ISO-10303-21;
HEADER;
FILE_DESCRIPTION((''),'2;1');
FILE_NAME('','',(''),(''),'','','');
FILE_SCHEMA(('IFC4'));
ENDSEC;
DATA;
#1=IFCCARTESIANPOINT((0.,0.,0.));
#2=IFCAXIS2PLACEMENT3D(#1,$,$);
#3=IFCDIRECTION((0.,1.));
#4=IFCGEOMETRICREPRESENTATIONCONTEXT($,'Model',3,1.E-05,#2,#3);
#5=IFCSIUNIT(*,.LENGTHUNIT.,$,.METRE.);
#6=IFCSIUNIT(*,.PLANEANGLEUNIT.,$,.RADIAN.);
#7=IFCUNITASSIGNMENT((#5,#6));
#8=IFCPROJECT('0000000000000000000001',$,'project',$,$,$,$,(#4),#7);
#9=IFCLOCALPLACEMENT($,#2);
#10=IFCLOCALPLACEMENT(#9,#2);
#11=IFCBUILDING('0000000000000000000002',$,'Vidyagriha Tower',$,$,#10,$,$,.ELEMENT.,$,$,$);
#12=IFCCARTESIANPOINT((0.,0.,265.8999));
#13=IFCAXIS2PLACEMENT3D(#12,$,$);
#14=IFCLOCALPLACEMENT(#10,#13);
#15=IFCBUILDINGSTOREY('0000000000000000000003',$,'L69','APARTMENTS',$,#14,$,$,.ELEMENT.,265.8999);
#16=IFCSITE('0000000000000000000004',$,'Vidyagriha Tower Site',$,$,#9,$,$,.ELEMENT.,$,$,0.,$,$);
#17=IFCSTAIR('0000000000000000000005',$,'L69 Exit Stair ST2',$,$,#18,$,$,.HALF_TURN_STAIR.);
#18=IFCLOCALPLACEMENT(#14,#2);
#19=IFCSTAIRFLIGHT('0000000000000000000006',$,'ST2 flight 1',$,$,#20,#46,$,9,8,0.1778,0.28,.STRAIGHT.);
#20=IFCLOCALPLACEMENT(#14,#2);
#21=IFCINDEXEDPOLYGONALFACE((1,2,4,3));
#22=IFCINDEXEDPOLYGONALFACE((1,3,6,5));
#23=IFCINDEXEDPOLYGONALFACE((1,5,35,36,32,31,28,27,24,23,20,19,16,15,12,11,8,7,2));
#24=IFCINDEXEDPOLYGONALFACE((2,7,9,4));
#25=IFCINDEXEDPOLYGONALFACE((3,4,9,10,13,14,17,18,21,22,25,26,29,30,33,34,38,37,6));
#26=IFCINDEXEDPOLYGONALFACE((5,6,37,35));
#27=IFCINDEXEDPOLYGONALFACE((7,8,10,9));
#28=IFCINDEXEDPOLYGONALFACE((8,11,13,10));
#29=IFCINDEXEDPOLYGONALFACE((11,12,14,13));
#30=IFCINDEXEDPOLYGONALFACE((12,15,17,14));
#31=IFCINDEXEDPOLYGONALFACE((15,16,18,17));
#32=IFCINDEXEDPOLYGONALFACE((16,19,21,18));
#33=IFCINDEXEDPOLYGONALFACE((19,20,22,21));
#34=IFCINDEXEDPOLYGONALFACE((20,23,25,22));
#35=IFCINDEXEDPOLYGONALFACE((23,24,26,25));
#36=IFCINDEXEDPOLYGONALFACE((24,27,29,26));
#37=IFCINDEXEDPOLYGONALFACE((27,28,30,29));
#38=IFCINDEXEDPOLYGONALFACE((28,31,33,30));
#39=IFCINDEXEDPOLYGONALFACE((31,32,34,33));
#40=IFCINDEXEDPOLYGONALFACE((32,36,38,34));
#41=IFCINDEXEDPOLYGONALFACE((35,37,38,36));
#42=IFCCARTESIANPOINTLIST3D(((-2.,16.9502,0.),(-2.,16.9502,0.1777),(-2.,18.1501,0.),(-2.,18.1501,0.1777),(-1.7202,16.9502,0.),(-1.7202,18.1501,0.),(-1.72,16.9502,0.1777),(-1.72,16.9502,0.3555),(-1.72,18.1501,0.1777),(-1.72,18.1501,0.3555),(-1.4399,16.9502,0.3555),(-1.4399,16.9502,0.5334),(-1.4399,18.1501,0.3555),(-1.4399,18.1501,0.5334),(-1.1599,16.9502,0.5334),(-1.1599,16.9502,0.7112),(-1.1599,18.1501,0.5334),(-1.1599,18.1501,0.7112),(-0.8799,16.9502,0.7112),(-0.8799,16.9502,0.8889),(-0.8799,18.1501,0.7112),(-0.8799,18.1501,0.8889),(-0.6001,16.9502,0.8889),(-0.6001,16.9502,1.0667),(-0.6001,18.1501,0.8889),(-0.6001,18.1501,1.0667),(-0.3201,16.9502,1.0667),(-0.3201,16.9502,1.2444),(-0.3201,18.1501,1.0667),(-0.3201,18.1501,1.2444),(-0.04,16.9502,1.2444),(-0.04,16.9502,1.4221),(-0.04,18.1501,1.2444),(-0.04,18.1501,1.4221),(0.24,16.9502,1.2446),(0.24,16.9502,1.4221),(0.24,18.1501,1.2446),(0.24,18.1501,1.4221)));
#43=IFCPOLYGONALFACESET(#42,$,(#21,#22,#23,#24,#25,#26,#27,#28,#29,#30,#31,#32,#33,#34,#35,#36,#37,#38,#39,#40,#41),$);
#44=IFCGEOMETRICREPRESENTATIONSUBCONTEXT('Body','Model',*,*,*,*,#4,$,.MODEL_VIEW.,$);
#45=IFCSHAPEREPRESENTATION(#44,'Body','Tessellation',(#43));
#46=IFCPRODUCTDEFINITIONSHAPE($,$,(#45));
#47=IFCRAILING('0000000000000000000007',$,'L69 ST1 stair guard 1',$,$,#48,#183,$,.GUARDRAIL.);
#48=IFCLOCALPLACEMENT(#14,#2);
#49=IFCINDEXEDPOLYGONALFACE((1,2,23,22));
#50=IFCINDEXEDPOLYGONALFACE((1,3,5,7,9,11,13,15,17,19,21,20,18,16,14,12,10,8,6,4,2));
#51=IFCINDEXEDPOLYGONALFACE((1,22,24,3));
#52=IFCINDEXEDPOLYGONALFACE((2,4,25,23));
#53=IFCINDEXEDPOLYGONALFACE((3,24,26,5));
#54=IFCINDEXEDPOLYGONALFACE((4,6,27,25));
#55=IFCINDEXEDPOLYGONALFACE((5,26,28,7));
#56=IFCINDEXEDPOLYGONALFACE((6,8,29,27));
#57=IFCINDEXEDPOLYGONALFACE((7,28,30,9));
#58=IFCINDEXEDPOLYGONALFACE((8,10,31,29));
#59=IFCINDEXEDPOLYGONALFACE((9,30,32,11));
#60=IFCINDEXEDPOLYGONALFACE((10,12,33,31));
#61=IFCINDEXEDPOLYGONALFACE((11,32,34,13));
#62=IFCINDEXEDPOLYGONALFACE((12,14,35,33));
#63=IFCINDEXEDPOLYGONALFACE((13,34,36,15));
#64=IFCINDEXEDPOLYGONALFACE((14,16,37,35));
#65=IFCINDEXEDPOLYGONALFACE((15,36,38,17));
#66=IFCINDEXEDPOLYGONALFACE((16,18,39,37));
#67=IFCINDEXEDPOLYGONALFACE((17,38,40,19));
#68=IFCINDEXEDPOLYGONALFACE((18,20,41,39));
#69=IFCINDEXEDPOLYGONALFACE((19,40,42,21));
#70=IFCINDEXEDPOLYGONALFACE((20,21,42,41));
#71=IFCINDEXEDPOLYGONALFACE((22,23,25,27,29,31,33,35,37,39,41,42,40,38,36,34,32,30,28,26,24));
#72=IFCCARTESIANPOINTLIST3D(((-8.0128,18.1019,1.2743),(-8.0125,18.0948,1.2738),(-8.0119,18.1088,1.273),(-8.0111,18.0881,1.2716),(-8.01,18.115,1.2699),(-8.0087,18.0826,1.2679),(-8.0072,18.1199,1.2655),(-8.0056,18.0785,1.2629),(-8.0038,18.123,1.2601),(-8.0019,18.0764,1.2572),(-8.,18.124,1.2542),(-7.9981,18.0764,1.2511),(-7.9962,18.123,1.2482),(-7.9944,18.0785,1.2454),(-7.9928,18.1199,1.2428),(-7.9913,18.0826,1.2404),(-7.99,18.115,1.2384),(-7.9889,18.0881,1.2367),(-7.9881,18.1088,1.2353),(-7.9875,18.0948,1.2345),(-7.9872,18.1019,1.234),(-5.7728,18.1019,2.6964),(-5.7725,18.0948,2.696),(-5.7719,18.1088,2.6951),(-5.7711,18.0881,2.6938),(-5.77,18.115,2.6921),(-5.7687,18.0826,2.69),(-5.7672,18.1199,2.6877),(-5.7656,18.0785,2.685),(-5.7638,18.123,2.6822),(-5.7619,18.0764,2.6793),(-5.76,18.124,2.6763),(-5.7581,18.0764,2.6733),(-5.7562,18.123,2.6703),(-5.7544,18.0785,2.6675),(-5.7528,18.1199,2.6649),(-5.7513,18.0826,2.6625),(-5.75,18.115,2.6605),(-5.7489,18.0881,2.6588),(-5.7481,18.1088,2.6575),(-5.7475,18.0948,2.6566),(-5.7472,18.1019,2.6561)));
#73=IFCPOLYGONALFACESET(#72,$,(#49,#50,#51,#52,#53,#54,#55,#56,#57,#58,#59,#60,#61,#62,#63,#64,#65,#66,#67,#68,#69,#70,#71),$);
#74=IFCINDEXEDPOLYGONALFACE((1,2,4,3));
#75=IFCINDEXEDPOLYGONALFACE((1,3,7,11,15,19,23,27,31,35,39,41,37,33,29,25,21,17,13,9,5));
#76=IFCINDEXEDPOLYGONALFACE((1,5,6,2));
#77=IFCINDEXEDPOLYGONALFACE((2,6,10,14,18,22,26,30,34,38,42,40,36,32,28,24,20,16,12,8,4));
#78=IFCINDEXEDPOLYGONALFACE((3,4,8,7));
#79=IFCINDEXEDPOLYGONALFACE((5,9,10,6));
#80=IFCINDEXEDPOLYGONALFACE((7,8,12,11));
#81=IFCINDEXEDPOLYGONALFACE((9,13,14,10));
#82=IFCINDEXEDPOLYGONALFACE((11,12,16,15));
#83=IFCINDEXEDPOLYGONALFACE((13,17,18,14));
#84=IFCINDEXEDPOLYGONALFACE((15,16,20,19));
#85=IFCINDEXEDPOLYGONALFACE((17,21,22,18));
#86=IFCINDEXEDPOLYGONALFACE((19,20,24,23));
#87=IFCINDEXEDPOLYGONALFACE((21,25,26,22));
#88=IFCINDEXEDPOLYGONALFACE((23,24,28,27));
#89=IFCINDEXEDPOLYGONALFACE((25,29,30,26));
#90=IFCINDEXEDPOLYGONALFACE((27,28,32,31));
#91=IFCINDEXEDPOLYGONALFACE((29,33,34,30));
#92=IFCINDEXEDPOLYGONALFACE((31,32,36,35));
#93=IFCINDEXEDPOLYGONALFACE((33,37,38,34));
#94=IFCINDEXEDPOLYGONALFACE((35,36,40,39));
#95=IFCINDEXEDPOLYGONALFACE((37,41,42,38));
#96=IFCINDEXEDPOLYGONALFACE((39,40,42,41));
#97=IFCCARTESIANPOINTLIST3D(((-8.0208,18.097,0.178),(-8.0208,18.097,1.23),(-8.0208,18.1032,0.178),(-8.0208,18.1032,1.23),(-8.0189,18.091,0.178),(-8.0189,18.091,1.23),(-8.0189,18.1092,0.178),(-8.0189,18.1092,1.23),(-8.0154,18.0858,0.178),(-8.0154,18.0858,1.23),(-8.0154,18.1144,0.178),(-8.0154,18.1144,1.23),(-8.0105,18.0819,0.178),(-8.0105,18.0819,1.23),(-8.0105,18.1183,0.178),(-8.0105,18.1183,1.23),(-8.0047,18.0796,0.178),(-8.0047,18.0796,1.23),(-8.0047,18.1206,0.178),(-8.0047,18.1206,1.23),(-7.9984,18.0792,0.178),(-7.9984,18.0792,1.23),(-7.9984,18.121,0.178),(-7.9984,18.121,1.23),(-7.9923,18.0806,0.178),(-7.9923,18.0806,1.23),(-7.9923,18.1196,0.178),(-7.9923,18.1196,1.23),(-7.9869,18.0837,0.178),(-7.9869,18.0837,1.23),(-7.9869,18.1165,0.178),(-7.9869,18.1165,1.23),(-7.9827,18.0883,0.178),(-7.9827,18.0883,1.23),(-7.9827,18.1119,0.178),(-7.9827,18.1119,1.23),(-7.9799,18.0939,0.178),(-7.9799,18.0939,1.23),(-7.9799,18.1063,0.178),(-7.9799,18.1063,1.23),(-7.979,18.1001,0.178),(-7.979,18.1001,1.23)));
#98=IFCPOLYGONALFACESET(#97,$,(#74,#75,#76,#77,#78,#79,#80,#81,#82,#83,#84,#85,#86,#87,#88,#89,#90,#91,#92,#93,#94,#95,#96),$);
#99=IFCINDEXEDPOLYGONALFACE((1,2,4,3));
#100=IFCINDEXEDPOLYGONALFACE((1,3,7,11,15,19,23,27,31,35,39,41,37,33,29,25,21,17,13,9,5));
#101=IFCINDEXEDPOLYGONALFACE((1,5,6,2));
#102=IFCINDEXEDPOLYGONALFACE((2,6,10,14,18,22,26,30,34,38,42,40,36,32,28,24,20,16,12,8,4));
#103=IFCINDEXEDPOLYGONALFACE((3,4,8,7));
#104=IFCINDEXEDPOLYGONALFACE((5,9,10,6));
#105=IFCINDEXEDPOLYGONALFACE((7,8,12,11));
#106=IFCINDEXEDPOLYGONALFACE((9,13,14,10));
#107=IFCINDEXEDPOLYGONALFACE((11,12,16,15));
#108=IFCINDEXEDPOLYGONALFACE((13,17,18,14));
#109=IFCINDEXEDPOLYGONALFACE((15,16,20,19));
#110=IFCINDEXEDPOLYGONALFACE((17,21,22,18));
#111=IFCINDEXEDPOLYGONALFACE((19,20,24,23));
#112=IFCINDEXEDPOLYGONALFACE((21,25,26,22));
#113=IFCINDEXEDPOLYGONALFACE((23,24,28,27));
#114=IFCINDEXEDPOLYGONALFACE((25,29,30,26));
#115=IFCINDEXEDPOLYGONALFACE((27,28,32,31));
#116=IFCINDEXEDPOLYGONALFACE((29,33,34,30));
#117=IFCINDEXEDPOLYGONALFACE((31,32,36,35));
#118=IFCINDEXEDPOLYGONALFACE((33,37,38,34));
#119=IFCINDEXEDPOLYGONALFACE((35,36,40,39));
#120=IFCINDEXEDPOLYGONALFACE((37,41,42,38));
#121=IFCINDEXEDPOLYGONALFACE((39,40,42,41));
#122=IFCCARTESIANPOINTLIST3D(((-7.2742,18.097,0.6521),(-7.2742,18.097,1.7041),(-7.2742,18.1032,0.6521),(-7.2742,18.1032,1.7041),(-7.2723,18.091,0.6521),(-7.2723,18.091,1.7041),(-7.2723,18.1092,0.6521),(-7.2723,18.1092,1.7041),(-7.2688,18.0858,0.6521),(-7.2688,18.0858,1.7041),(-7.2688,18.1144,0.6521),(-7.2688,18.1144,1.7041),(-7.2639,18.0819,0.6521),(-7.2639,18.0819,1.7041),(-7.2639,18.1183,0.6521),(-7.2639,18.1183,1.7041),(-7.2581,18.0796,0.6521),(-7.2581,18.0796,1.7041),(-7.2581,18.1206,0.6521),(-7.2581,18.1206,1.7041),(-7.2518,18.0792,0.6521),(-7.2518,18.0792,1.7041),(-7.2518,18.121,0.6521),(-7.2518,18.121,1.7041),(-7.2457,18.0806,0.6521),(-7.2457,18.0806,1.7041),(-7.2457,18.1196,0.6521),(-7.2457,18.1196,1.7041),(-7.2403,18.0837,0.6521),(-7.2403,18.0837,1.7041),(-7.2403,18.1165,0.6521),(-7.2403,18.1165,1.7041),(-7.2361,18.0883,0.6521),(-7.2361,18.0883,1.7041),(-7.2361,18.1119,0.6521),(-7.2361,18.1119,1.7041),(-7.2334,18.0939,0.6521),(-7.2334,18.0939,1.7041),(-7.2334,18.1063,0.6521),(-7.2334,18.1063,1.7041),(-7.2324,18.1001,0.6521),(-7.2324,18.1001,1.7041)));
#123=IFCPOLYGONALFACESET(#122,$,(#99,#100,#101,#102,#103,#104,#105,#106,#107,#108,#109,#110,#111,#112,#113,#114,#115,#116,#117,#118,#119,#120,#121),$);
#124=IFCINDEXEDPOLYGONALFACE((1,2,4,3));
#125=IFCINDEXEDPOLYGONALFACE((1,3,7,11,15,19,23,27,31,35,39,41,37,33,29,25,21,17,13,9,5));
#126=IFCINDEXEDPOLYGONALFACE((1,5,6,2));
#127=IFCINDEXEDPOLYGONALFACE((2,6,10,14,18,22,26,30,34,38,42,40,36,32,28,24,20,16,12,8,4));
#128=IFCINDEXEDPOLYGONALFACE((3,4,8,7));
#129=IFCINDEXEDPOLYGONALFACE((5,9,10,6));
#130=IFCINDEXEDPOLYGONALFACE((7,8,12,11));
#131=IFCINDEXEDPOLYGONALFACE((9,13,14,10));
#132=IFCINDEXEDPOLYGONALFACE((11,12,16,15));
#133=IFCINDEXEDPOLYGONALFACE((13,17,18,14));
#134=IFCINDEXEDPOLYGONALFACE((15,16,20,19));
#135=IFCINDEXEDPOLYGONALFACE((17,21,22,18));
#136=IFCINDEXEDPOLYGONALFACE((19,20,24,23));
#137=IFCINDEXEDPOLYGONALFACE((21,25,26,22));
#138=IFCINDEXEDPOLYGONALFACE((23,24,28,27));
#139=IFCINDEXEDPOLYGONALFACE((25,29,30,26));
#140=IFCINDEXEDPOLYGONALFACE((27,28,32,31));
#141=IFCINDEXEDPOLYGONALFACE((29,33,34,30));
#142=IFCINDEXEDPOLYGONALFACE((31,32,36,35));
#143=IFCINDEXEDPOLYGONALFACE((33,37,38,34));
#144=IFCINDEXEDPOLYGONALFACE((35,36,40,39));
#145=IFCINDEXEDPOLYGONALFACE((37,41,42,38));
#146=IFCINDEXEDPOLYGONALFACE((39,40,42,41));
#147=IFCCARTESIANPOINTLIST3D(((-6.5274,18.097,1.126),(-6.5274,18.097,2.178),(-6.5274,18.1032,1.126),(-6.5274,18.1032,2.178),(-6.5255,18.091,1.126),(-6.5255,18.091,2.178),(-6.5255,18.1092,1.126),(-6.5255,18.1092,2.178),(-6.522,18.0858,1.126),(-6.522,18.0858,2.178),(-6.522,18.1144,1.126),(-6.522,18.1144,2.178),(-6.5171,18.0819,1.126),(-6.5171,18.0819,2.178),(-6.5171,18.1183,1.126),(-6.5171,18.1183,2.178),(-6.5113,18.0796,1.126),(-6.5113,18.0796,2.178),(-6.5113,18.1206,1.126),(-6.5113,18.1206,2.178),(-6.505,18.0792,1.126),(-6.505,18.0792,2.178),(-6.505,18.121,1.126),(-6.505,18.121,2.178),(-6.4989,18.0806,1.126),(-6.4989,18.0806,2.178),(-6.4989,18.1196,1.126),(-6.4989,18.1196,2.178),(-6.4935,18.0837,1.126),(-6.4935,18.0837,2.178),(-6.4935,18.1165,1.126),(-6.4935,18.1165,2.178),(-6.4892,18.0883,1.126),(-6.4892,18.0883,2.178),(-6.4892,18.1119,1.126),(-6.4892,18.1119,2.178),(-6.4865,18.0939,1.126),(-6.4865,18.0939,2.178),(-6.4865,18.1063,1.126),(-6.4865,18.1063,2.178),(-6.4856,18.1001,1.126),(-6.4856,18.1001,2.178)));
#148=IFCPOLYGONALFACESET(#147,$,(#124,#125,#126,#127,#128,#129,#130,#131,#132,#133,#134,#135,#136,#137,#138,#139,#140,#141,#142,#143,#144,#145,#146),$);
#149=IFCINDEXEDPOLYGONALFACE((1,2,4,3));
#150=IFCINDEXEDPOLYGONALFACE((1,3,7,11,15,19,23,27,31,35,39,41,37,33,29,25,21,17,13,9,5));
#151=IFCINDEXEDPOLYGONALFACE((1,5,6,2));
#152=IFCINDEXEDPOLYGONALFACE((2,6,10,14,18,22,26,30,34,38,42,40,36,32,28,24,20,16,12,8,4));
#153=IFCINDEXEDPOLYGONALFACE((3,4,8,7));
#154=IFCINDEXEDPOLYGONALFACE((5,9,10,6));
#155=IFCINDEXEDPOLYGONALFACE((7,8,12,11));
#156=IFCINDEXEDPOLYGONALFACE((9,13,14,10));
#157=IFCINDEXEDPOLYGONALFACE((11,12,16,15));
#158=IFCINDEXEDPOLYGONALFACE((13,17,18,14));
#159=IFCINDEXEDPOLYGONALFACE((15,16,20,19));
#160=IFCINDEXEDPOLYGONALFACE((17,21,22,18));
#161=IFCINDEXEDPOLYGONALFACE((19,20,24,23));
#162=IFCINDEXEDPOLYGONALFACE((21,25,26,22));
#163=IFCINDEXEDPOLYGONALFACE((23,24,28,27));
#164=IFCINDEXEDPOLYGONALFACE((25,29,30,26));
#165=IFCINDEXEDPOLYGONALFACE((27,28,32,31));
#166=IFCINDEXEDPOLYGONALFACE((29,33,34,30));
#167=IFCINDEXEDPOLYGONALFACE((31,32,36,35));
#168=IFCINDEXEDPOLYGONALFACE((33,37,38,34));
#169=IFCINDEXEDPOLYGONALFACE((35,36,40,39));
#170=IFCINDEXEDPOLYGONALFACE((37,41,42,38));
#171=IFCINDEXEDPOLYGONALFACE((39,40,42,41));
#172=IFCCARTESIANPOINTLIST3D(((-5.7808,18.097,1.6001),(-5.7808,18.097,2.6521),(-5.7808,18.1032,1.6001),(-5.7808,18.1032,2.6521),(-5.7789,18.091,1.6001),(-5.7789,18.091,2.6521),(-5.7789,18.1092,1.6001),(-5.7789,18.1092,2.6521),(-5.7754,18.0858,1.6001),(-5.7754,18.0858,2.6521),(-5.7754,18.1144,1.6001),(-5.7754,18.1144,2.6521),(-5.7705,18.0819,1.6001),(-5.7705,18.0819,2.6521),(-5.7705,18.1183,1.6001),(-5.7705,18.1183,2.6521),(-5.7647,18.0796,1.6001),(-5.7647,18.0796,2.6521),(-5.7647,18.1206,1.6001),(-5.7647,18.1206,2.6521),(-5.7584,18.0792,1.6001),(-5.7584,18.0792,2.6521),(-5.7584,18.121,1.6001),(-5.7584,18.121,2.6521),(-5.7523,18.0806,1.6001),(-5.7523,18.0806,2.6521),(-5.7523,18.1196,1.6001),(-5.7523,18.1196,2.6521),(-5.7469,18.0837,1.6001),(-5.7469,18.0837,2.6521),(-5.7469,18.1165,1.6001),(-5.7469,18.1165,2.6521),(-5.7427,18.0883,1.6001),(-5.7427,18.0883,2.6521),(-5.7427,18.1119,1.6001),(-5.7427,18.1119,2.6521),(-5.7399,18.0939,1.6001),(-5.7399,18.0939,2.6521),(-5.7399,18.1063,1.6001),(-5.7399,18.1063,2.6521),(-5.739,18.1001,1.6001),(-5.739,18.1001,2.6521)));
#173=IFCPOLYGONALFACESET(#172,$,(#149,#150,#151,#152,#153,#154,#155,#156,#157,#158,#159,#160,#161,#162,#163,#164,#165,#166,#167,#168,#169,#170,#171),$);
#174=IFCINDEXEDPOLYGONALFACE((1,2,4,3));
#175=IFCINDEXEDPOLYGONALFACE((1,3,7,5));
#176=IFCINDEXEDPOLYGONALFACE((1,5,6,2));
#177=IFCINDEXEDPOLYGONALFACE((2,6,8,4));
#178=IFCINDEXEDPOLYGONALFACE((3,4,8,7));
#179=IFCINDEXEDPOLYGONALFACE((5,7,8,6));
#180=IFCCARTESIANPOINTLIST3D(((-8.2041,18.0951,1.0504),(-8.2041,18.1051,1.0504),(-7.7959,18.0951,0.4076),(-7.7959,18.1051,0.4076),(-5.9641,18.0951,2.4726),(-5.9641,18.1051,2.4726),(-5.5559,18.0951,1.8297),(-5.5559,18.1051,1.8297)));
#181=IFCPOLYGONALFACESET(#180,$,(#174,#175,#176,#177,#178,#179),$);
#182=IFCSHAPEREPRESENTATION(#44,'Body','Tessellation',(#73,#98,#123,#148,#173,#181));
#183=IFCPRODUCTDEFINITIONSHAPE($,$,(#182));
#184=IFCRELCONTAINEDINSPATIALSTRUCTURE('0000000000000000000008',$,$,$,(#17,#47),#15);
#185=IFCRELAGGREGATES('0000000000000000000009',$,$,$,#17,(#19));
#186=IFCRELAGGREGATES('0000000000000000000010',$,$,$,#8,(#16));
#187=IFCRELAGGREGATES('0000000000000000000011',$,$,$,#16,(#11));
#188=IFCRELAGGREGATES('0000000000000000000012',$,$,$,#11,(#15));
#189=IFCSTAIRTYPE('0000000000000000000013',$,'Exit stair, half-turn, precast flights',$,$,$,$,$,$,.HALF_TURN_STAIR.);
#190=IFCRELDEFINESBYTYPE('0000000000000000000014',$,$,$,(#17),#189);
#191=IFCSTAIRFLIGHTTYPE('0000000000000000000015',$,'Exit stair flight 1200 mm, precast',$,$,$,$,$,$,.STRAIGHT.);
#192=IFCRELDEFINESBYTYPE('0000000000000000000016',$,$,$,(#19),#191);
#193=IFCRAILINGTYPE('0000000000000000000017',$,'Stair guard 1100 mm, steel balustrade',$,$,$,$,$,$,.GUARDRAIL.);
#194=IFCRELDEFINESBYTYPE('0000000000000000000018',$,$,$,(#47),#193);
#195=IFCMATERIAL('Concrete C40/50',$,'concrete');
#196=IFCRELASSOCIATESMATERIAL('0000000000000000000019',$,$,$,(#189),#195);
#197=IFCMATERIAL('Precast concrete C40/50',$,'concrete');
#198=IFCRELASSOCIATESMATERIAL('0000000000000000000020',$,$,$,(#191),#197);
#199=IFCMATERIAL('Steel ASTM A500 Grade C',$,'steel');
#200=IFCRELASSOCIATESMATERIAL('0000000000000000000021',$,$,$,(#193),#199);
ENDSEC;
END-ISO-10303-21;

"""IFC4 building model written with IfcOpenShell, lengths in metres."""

from ifc_helpers import new_model, si_unit, direction, frame, origin, origin_2d, place, context, subcontext, project, spatial, polyline, rectangle, circle, outline, extrude, material, type_object, element, aggregate, save


model = new_model("IFC4")

# Units and contexts
model_context = context("Model", 3, precision=1e-05, world=origin(), true_north=direction((0.0, 1.0)))
body_context = subcontext(model_context, "Body", "Model", "MODEL_VIEW")
ifc_project = project(units=[si_unit("LENGTHUNIT", "METRE"), si_unit("PLANEANGLEUNIT", "RADIAN")], contexts=[model_context])

# Site, building, storey
site_placement = place(None, origin())
site = spatial("IfcSite", under=ifc_project, at=site_placement, Name="Vidyagriha Tower Site", CompositionType="ELEMENT", RefElevation=0.0)
building_placement = place(site_placement, origin())
building = spatial("IfcBuilding", under=site, at=building_placement, Name="Vidyagriha Tower", CompositionType="ELEMENT")
storey_placement = place(building_placement, frame((0.0, 0.0, 265.8999)))
storey = spatial("IfcBuildingStorey", under=building, at=storey_placement, Name="L69", Description="APARTMENTS", CompositionType="ELEMENT", Elevation=265.8999)

# Stair, stair flight
ifc_material_1 = material(Name="Concrete C40/50", Category="concrete")
stair_type = type_object("IfcStairType", Name="Exit stair, half-turn, precast flights", PredefinedType="HALF_TURN_STAIR", material=ifc_material_1)
ifc_material_2 = material(Name="Precast concrete C40/50", Category="concrete")
stair_flight_type = type_object("IfcStairFlightType", Name="Exit stair flight 1200 mm, precast", PredefinedType="STRAIGHT", material=ifc_material_2)
stair_1_placement = place(storey_placement, origin())
stair_1 = element("IfcStair", 1, at=stair_1_placement, inside=storey, type_object=stair_type, Name="L69 Exit Stair ST2", PredefinedType="HALF_TURN_STAIR")
stair_flight_1_placement = place(storey_placement, frame((-2.0, 17.55, 0.0)))
stair_flight_1 = element("IfcStairFlight", 2, at=stair_flight_1_placement, type_object=stair_flight_type, Name="ST2 flight 1", NumberOfRisers=9, NumberOfTreads=8, PredefinedType="STRAIGHT", RiserHeight=0.1778, TreadLength=0.28, context=body_context, shape_type="SweptSolid", body=[
    extrude(outline(polyline([(0.0, 0.0), (0.0, 0.1777), (0.28, 0.1777), (0.28, 0.3555), (0.5601, 0.3555), (0.5601, 0.5334), (0.8401, 0.5334), (0.8401, 0.7112), (1.1201, 0.7112), (1.1201, 0.8889), (1.3999, 0.8889), (1.3999, 1.0667), (1.6799, 1.0667), (1.6799, 1.2444), (1.96, 1.2444), (1.96, 1.4221), (2.24, 1.4221), (2.24, 1.6001), (2.24, 1.2446), (0.2798, 0.0), (0.0, 0.0)])), frame((0.0, 0.6001, 0.0), z_axis=(0.0, -1.0, 0.0), x_axis=(1.0, 0.0, 0.0)), (0.0, 0.0, 1.0), 1.2),
])
aggregate(stair_1, [stair_flight_1])

# Railing
ifc_material_3 = material(Name="Steel ASTM A500 Grade C", Category="steel")
railing_type_1 = type_object("IfcRailingType", Name="Stair guard 1100 mm, steel balustrade", PredefinedType="GUARDRAIL", material=ifc_material_3)
for number, where, name in (
    (3, (-8.0, 18.1001, 0.178), "L69 ST1 stair guard 1"),
):
    element("IfcRailing", number, at=place(storey_placement, frame(where)), inside=storey, type_object=railing_type_1, Name=name, PredefinedType="GUARDRAIL", context=body_context, shape_type="SweptSolid", body=[
        extrude(circle(Radius=0.0239, at=origin_2d()), frame((0.0, 0.0, 1.0762), z_axis=(0.844229, 0.0, 0.535982), x_axis=(0.0, 1.0, 0.0)), (0.0, 0.0, 1.0), 2.6533),
        extrude(circle(Radius=0.021, at=origin_2d()), origin(), (0.0, 0.0, 1.0), 1.052),
        extrude(circle(Radius=0.021, at=origin_2d()), frame((0.7466, 0.0, 0.4741)), (0.0, 0.0, 1.0), 1.052),
        extrude(circle(Radius=0.021, at=origin_2d()), frame((1.4934, 0.0, 0.948)), (0.0, 0.0, 1.0), 1.052),
        extrude(circle(Radius=0.021, at=origin_2d()), frame((2.24, 0.0, 1.4221)), (0.0, 0.0, 1.0), 1.052),
        extrude(rectangle(XDim=0.01, YDim=0.7615, at=origin_2d()), frame((0.0, 0.0, 0.551), z_axis=(0.844229, 0.0, 0.535982), x_axis=(0.0, 1.0, 0.0)), (0.0, 0.0, 1.0), 2.6533),
    ])

save(model, "model.ifc")
